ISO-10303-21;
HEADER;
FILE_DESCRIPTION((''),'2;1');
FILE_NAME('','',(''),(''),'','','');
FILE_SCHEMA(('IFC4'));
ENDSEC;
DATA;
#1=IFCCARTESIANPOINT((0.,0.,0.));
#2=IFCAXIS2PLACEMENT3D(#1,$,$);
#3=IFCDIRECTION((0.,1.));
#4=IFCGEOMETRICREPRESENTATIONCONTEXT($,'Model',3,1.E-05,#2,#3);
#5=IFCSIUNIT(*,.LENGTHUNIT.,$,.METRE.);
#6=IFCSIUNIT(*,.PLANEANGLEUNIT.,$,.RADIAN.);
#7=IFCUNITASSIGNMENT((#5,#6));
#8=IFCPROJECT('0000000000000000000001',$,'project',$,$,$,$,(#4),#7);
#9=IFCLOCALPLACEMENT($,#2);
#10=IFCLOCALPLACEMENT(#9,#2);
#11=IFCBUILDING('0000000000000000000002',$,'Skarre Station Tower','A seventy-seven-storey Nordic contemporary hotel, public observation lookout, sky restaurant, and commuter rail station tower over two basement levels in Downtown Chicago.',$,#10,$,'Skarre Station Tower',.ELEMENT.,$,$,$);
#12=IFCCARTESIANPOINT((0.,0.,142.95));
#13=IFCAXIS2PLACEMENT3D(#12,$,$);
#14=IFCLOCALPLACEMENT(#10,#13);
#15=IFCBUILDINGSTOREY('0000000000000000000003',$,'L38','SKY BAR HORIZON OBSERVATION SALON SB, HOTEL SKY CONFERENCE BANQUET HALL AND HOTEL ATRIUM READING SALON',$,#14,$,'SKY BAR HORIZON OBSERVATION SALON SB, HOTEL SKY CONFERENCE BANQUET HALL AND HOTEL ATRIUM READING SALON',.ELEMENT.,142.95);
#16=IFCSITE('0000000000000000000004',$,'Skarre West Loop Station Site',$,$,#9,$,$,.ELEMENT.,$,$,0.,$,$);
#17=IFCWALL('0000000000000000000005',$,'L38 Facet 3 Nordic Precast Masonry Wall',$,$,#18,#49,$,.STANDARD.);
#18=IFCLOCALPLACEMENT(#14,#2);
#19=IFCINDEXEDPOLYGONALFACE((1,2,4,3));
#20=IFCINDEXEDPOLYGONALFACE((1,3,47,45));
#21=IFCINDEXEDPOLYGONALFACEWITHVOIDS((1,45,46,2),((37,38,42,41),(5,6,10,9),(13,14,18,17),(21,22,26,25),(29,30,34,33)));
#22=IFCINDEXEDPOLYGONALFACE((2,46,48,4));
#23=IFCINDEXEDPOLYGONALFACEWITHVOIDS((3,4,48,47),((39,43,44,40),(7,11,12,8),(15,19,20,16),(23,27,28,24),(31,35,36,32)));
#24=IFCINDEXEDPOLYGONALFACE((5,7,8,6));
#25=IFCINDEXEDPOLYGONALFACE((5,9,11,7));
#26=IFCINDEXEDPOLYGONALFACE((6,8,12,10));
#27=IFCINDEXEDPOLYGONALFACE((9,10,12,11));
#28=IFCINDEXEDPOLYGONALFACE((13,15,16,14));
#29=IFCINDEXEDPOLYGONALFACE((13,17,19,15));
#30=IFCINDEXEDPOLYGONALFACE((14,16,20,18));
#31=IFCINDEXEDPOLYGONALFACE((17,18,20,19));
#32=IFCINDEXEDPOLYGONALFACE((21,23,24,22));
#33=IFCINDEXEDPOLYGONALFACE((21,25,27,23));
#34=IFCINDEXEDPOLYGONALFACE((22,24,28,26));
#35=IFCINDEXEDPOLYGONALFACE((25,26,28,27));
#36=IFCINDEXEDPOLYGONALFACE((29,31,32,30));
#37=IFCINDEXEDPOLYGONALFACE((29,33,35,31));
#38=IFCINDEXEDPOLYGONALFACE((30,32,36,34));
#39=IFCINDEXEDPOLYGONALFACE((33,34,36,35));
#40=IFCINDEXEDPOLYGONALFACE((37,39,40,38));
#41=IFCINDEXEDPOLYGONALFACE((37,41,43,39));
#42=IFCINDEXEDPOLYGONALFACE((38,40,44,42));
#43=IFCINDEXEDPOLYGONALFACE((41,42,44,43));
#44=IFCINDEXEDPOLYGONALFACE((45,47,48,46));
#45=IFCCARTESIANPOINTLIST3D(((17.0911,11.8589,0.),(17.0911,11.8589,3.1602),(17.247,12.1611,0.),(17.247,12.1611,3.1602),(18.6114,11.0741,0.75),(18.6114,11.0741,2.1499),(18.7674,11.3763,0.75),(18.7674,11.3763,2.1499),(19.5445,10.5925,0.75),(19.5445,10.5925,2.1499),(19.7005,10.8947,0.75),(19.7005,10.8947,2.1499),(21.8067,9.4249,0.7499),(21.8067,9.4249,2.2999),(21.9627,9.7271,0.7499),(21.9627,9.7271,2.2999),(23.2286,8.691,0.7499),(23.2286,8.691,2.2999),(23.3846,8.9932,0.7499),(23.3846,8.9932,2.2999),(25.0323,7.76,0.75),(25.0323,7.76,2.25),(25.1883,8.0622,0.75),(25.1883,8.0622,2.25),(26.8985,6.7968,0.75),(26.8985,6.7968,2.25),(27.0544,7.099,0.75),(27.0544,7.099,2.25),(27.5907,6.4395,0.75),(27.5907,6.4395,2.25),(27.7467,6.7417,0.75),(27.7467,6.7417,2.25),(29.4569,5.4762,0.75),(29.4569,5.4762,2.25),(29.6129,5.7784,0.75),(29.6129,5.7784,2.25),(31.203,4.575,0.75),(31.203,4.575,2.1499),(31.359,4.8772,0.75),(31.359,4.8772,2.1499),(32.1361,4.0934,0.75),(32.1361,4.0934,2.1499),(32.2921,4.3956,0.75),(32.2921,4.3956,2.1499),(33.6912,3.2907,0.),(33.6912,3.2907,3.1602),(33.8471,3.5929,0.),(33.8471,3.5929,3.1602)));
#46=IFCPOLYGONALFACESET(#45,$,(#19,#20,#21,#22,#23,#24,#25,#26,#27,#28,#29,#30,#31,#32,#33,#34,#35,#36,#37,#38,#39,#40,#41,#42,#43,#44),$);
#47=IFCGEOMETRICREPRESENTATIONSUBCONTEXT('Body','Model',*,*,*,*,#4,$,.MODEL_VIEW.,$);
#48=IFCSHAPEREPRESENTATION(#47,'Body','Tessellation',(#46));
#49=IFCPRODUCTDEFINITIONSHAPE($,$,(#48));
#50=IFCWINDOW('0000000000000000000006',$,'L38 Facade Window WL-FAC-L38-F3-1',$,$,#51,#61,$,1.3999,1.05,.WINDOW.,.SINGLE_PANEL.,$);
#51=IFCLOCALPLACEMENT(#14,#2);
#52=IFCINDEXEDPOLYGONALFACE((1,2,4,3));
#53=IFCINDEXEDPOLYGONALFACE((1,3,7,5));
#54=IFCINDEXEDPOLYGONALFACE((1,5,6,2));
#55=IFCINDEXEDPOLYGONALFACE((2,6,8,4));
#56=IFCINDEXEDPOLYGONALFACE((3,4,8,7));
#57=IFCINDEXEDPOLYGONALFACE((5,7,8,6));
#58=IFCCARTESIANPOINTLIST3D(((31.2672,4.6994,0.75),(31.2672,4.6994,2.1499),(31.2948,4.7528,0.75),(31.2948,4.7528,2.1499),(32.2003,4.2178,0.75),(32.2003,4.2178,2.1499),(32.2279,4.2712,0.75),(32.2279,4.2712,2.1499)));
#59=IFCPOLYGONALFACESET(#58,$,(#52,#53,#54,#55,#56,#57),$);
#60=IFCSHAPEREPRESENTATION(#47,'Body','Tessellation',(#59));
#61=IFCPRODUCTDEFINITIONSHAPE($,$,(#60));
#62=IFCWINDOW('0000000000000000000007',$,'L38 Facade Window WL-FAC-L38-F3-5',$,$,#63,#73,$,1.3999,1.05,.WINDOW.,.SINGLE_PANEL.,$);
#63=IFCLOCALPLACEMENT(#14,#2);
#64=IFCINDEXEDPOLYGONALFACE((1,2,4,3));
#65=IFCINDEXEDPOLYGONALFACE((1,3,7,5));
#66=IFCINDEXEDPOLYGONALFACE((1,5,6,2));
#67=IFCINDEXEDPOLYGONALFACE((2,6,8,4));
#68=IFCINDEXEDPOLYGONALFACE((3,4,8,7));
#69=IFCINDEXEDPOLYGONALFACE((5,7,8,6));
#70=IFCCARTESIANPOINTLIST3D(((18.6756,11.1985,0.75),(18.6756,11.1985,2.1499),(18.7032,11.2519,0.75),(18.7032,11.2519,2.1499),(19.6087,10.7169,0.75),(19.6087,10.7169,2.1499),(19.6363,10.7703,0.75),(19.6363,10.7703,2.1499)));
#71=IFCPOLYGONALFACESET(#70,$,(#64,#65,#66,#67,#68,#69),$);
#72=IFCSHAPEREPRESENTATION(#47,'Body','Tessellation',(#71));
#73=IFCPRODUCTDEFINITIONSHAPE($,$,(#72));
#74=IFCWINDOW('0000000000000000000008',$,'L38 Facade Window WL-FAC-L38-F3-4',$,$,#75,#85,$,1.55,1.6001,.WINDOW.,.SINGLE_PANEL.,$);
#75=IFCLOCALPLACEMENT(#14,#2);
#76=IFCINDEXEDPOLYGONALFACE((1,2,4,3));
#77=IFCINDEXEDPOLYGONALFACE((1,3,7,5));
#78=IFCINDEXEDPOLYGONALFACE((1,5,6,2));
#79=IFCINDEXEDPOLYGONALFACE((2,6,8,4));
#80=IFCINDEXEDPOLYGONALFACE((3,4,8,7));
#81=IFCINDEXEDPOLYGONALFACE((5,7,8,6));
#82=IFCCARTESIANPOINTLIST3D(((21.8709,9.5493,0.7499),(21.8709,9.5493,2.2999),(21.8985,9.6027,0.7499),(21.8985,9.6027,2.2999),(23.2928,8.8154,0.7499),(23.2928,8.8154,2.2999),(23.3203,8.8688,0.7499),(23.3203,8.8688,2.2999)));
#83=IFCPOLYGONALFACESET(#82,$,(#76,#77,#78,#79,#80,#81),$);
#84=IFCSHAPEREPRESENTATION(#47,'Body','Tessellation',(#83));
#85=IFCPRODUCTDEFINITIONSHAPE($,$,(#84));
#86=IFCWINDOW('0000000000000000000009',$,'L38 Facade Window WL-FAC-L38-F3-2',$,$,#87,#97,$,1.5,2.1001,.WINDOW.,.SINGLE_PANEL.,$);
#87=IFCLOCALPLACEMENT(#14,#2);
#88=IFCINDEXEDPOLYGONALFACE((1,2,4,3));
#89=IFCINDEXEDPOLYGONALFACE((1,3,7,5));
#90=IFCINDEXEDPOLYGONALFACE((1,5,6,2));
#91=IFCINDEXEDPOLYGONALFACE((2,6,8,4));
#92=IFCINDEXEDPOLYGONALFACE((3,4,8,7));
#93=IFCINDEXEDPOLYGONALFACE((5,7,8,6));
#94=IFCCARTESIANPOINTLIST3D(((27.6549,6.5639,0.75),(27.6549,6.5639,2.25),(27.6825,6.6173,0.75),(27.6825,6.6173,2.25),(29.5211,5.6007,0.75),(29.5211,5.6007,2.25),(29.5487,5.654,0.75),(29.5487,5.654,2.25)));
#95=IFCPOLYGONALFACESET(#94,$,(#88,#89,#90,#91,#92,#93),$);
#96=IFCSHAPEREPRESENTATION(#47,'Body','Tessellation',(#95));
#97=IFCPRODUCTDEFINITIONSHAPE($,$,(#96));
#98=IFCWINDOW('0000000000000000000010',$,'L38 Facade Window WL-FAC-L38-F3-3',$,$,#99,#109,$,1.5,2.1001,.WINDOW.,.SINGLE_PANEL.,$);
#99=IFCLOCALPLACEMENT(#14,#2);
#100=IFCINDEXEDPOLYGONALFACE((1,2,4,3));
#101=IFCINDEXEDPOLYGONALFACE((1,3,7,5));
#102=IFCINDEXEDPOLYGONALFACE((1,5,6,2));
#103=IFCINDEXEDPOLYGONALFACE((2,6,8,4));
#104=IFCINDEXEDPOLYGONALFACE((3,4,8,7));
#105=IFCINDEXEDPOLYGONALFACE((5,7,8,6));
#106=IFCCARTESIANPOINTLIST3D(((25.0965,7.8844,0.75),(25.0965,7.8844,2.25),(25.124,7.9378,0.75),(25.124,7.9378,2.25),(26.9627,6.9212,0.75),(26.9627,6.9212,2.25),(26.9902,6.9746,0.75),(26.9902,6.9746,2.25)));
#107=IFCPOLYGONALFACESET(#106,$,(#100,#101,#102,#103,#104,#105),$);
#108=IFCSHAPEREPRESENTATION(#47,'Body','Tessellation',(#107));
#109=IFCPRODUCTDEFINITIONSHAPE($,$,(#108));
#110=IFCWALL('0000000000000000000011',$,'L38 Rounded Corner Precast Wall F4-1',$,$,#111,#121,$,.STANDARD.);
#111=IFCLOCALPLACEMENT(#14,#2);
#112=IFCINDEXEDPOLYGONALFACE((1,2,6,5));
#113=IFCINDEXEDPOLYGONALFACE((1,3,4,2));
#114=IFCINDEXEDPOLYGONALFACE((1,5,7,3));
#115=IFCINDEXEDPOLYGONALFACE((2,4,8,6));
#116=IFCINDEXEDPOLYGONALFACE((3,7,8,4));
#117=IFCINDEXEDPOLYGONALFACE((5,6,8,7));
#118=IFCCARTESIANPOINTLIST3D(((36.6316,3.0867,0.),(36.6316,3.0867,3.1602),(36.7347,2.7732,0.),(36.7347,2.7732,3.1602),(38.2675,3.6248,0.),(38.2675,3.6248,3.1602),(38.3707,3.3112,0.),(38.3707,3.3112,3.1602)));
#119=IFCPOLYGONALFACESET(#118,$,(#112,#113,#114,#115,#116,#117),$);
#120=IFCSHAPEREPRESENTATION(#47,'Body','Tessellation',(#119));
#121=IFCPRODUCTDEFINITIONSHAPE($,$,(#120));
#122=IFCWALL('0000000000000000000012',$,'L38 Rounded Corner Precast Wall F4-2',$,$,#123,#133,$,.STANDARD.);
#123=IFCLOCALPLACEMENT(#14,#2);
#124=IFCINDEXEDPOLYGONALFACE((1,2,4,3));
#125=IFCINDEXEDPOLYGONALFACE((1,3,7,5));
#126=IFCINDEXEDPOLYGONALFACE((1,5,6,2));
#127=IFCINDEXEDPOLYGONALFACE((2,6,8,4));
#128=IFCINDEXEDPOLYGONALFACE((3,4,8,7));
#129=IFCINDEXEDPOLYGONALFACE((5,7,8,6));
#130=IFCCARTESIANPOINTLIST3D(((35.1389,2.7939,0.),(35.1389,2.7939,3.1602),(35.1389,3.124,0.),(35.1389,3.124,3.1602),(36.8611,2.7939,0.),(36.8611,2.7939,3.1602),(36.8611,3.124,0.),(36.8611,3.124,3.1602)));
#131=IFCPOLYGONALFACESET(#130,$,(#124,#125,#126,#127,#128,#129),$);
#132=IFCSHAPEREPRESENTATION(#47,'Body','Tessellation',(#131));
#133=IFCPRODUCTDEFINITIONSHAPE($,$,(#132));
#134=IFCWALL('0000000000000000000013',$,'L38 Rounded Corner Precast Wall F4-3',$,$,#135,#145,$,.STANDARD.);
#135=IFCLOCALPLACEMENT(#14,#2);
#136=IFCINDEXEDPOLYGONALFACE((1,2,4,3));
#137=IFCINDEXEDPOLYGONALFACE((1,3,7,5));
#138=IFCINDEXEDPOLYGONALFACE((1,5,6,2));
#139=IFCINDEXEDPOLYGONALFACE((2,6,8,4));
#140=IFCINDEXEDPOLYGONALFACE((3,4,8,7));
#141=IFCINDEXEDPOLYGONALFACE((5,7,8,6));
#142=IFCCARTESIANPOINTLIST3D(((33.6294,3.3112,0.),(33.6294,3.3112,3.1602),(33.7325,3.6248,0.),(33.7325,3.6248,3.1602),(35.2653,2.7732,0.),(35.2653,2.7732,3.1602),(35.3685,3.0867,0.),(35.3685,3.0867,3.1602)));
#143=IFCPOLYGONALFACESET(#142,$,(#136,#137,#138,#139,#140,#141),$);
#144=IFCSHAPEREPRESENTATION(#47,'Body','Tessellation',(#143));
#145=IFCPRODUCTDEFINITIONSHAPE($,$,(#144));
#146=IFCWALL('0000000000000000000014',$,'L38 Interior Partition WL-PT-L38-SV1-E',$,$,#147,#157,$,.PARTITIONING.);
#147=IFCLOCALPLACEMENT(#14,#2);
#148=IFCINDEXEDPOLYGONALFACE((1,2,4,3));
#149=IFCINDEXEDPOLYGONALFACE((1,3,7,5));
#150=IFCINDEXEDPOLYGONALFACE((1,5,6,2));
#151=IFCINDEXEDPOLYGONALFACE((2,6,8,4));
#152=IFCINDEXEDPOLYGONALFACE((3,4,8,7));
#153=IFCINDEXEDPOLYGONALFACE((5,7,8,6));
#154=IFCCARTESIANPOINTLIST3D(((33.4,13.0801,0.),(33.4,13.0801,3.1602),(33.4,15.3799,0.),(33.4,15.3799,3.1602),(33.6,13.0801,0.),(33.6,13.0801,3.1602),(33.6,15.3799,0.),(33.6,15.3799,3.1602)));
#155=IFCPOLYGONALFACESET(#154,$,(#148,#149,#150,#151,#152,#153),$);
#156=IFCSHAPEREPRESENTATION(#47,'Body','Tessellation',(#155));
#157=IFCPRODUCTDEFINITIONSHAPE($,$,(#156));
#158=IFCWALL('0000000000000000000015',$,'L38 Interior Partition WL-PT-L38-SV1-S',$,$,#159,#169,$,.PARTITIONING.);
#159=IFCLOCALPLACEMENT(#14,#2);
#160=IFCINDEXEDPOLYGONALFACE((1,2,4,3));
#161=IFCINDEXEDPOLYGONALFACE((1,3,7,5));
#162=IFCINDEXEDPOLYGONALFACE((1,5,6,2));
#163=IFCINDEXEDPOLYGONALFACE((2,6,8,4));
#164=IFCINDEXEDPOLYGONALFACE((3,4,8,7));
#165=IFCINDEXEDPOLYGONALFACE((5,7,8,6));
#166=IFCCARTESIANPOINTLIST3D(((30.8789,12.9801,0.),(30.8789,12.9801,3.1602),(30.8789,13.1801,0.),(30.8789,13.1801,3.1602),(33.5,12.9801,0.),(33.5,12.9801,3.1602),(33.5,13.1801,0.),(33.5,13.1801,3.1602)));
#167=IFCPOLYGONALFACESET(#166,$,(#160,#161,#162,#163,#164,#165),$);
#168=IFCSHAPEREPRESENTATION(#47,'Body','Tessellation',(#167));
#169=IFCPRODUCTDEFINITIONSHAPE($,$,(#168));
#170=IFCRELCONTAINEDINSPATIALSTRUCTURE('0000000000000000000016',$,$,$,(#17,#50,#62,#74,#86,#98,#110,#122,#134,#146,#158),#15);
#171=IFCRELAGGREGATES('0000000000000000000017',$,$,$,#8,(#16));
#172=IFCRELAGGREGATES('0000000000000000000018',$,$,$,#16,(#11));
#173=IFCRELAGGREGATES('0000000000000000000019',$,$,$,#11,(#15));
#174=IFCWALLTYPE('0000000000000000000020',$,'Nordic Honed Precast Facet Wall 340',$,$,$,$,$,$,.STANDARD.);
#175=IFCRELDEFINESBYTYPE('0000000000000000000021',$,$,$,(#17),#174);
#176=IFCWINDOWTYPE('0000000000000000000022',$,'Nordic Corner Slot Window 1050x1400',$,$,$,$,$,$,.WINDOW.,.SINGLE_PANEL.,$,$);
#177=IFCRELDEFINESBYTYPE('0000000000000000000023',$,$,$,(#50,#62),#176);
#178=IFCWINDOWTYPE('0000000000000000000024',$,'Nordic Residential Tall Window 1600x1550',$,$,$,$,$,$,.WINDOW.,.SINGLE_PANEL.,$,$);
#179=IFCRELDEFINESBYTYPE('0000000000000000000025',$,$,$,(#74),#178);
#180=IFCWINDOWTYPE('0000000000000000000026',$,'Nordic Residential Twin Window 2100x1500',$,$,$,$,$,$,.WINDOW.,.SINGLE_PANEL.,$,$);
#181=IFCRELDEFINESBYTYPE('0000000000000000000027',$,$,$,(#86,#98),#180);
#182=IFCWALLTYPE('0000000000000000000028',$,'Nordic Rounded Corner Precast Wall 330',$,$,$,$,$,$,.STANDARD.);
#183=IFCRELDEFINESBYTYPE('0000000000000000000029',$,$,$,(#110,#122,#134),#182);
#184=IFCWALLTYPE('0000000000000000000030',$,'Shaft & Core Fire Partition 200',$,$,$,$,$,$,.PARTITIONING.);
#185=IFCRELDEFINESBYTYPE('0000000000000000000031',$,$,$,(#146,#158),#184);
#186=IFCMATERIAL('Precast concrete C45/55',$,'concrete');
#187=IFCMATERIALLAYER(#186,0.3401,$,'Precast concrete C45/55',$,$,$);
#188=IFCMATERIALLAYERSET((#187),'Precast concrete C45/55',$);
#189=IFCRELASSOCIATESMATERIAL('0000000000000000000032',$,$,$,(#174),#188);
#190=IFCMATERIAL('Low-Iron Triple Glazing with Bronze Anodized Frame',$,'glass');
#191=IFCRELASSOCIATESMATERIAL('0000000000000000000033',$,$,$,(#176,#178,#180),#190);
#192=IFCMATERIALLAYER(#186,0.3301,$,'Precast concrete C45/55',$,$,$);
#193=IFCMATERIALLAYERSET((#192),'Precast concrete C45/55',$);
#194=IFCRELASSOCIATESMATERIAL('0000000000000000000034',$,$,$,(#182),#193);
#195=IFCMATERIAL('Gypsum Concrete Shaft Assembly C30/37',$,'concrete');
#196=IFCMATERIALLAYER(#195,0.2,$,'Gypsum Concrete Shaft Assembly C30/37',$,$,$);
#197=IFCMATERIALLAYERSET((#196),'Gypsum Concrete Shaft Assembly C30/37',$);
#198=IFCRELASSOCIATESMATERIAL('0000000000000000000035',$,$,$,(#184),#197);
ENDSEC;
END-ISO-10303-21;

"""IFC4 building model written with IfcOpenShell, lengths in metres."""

from ifc_helpers import new_model, si_unit, direction, frame, frame_2d, origin, place, context, subcontext, project, spatial, rectangle, extrude, material, layer, layer_set, type_object, element, fill, save


model = new_model("IFC4")

# Units and contexts
model_context = context("Model", 3, precision=1e-05, world=origin(), true_north=direction((0.0, 1.0)))
body_context = subcontext(model_context, "Body", "Model", "MODEL_VIEW")
ifc_project = project(units=[si_unit("LENGTHUNIT", "METRE"), si_unit("PLANEANGLEUNIT", "RADIAN")], contexts=[model_context])

# Site, building, storey
site_placement = place(None, origin())
site = spatial("IfcSite", under=ifc_project, at=site_placement, Name="Skarre West Loop Station Site", CompositionType="ELEMENT", RefElevation=0.0)
building_placement = place(site_placement, origin())
building = spatial("IfcBuilding", under=site, at=building_placement, Name="Skarre Station Tower", Description="A seventy-seven-storey Nordic contemporary hotel, public observation lookout, sky restaurant, and commuter rail station tower over two basement levels in Downtown Chicago.", LongName="Skarre Station Tower", CompositionType="ELEMENT")
storey_placement = place(building_placement, frame((0.0, 0.0, 142.95)))
storey = spatial("IfcBuildingStorey", under=building, at=storey_placement, Name="L38", Description="SKY BAR HORIZON OBSERVATION SALON SB, HOTEL SKY CONFERENCE BANQUET HALL AND HOTEL ATRIUM READING SALON", LongName="SKY BAR HORIZON OBSERVATION SALON SB, HOTEL SKY CONFERENCE BANQUET HALL AND HOTEL ATRIUM READING SALON", CompositionType="ELEMENT", Elevation=142.95)

# Wall, openings, windows
ifc_material_1 = material(Name="Precast concrete C45/55", Category="concrete")
ifc_layer_1 = layer(ifc_material_1, 0.3401, Name="Precast concrete C45/55")
ifc_layer_set_1 = layer_set([ifc_layer_1], Name="Precast concrete C45/55")
wall_type_1 = type_object("IfcWallType", Name="Nordic Honed Precast Facet Wall 340", PredefinedType="STANDARD", material=ifc_layer_set_1)
wall_1_placement = place(storey_placement, frame((33.769, 3.4419, 0.0), z_axis=(0.0, 0.0, 1.0), x_axis=(-0.888614, 0.458657, 0.0)))
wall_1 = element("IfcWall", 1, at=wall_1_placement, inside=storey, type_object=wall_type_1, Name="L38 Facet 3 Nordic Precast Masonry Wall", PredefinedType="STANDARD", context=body_context, shape_type="SweptSolid", body=[
    extrude(rectangle(XDim=18.6809, YDim=0.3401, at=frame_2d((9.3403, 0.0))), origin(), (0.0, 0.0, 1.0), 3.1602),
])
opening_1_placement = place(wall_1_placement, frame((1.75, 0.0, 0.75)))
opening_1 = element("IfcOpeningElement", 2, at=opening_1_placement, cuts=wall_1, PredefinedType="OPENING", context=body_context, shape_type="SweptSolid", body=[
    extrude(rectangle(XDim=1.05, YDim=1.3999, at=frame_2d((0.5249, 0.7))), frame((0.0, 0.1799, 0.0), z_axis=(0.0, -1.0, 0.0), x_axis=(1.0, 0.0, 0.0)), (0.0, 0.0, 1.0), 0.3601),
])
opening_2_placement = place(wall_1_placement, frame((4.7649, 0.0, 0.75)))
opening_2 = element("IfcOpeningElement", 3, at=opening_2_placement, cuts=wall_1, PredefinedType="OPENING", context=body_context, shape_type="SweptSolid", body=[
    extrude(rectangle(XDim=2.1001, YDim=1.5, at=frame_2d((1.05, 0.75))), frame((0.0, 0.1799, 0.0), z_axis=(0.0, -1.0, 0.0), x_axis=(1.0, 0.0, 0.0)), (0.0, 0.0, 1.0), 0.3601),
])
opening_3_placement = place(wall_1_placement, frame((7.644, 0.0, 0.75)))
opening_3 = element("IfcOpeningElement", 4, at=opening_3_placement, cuts=wall_1, PredefinedType="OPENING", context=body_context, shape_type="SweptSolid", body=[
    extrude(rectangle(XDim=2.1001, YDim=1.5, at=frame_2d((1.05, 0.75))), frame((0.0, 0.1799, 0.0), z_axis=(0.0, -1.0, 0.0), x_axis=(1.0, 0.0, 0.0)), (0.0, 0.0, 1.0), 0.3601),
])
opening_4_placement = place(wall_1_placement, frame((11.7739, 0.0, 0.75)))
opening_4 = element("IfcOpeningElement", 5, at=opening_4_placement, cuts=wall_1, PredefinedType="OPENING", context=body_context, shape_type="SweptSolid", body=[
    extrude(rectangle(XDim=1.6001, YDim=1.55, at=frame_2d((0.8, 0.7749))), frame((0.0, 0.1799, 0.0), z_axis=(0.0, -1.0, 0.0), x_axis=(1.0, 0.0, 0.0)), (0.0, 0.0, 1.0), 0.3601),
])
opening_5_placement = place(wall_1_placement, frame((15.9199, 0.0, 0.75)))
opening_5 = element("IfcOpeningElement", 6, at=opening_5_placement, cuts=wall_1, PredefinedType="OPENING", context=body_context, shape_type="SweptSolid", body=[
    extrude(rectangle(XDim=1.05, YDim=1.3999, at=frame_2d((0.5249, 0.7))), frame((0.0, 0.1799, 0.0), z_axis=(0.0, -1.0, 0.0), x_axis=(1.0, 0.0, 0.0)), (0.0, 0.0, 1.0), 0.3601),
])
ifc_material_2 = material(Name="Low-Iron Triple Glazing with Bronze Anodized Frame", Category="glass")
window_type_1 = type_object("IfcWindowType", Name="Nordic Corner Slot Window 1050x1400", PartitioningType="SINGLE_PANEL", PredefinedType="WINDOW", material=ifc_material_2)
window_1_placement = place(opening_1_placement, origin())
window_1 = element("IfcWindow", 7, at=window_1_placement, inside=storey, type_object=window_type_1, Name="L38 Facade Window WL-FAC-L38-F3-1", OverallHeight=1.3999, OverallWidth=1.05, PartitioningType="SINGLE_PANEL", PredefinedType="WINDOW", context=body_context, shape_type="SweptSolid", body=[
    extrude(rectangle(XDim=1.05, YDim=1.3999, at=frame_2d((0.5249, 0.7))), frame((0.0, 0.03, 0.0), z_axis=(0.0, -1.0, 0.0), x_axis=(1.0, 0.0, 0.0)), (0.0, 0.0, 1.0), 0.0601),
])
fill(opening_1, window_1)
window_2_placement = place(opening_5_placement, origin())
window_2 = element("IfcWindow", 8, at=window_2_placement, inside=storey, type_object=window_type_1, Name="L38 Facade Window WL-FAC-L38-F3-5", OverallHeight=1.3999, OverallWidth=1.05, PartitioningType="SINGLE_PANEL", PredefinedType="WINDOW", context=body_context, shape_type="SweptSolid", body=[
    extrude(rectangle(XDim=1.05, YDim=1.3999, at=frame_2d((0.5249, 0.7))), frame((0.0, 0.03, 0.0), z_axis=(0.0, -1.0, 0.0), x_axis=(1.0, 0.0, 0.0)), (0.0, 0.0, 1.0), 0.0601),
])
fill(opening_5, window_2)
window_type_2 = type_object("IfcWindowType", Name="Nordic Residential Tall Window 1600x1550", PartitioningType="SINGLE_PANEL", PredefinedType="WINDOW", material=ifc_material_2)
window_3_placement = place(opening_4_placement, origin())
window_3 = element("IfcWindow", 9, at=window_3_placement, inside=storey, type_object=window_type_2, Name="L38 Facade Window WL-FAC-L38-F3-4", OverallHeight=1.55, OverallWidth=1.6001, PartitioningType="SINGLE_PANEL", PredefinedType="WINDOW", context=body_context, shape_type="SweptSolid", body=[
    extrude(rectangle(XDim=1.6001, YDim=1.55, at=frame_2d((0.8, 0.7749))), frame((0.0, 0.03, 0.0), z_axis=(0.0, -1.0, 0.0), x_axis=(1.0, 0.0, 0.0)), (0.0, 0.0, 1.0), 0.0601),
])
fill(opening_4, window_3)
window_type_3 = type_object("IfcWindowType", Name="Nordic Residential Twin Window 2100x1500", PartitioningType="SINGLE_PANEL", PredefinedType="WINDOW", material=ifc_material_2)
window_4_placement = place(opening_2_placement, origin())
window_4 = element("IfcWindow", 10, at=window_4_placement, inside=storey, type_object=window_type_3, Name="L38 Facade Window WL-FAC-L38-F3-2", OverallHeight=1.5, OverallWidth=2.1001, PartitioningType="SINGLE_PANEL", PredefinedType="WINDOW", context=body_context, shape_type="SweptSolid", body=[
    extrude(rectangle(XDim=2.1001, YDim=1.5, at=frame_2d((1.05, 0.75))), frame((0.0, 0.03, 0.0), z_axis=(0.0, -1.0, 0.0), x_axis=(1.0, 0.0, 0.0)), (0.0, 0.0, 1.0), 0.0601),
])
fill(opening_2, window_4)
window_5_placement = place(opening_3_placement, origin())
window_5 = element("IfcWindow", 11, at=window_5_placement, inside=storey, type_object=window_type_3, Name="L38 Facade Window WL-FAC-L38-F3-3", OverallHeight=1.5, OverallWidth=2.1001, PartitioningType="SINGLE_PANEL", PredefinedType="WINDOW", context=body_context, shape_type="SweptSolid", body=[
    extrude(rectangle(XDim=2.1001, YDim=1.5, at=frame_2d((1.05, 0.75))), frame((0.0, 0.03, 0.0), z_axis=(0.0, -1.0, 0.0), x_axis=(1.0, 0.0, 0.0)), (0.0, 0.0, 1.0), 0.0601),
])
fill(opening_3, window_5)

# Walls
ifc_layer_2 = layer(ifc_material_1, 0.3301, Name="Precast concrete C45/55")
ifc_layer_set_2 = layer_set([ifc_layer_2], Name="Precast concrete C45/55")
wall_type_2 = type_object("IfcWallType", Name="Nordic Rounded Corner Precast Wall 330", PredefinedType="STANDARD", material=ifc_layer_set_2)
for number, where, z_axis, x_axis, name in (
    (12, (38.3191, 3.468, 0.0), (0.0, 0.0, 1.0), (-0.949937, -0.31244, 0.0), "L38 Rounded Corner Precast Wall F4-1"),
    (13, (36.8611, 2.959, 0.0), (0.0, 0.0, 1.0), (-1.0, 0.0, 0.0), "L38 Rounded Corner Precast Wall F4-2"),
    (14, (35.3169, 2.9299, 0.0), (0.0, 0.0, 1.0), (-0.949937, 0.31244, 0.0), "L38 Rounded Corner Precast Wall F4-3"),
):
    element("IfcWall", number, at=place(storey_placement, frame(where, z_axis=z_axis, x_axis=x_axis)), inside=storey, type_object=wall_type_2, Name=name, PredefinedType="STANDARD", context=body_context, shape_type="SweptSolid", body=[
        extrude(rectangle(XDim=1.7222, YDim=0.3301, at=frame_2d((0.8611, 0.0))), origin(), (0.0, 0.0, 1.0), 3.1602),
    ])
ifc_material_3 = material(Name="Gypsum Concrete Shaft Assembly C30/37", Category="concrete")
ifc_layer_3 = layer(ifc_material_3, 0.2, Name="Gypsum Concrete Shaft Assembly C30/37")
ifc_layer_set_3 = layer_set([ifc_layer_3], Name="Gypsum Concrete Shaft Assembly C30/37")
wall_type_3 = type_object("IfcWallType", Name="Shaft & Core Fire Partition 200", PredefinedType="PARTITIONING", material=ifc_layer_set_3)
wall_2_placement = place(storey_placement, frame((33.5, 13.0801, 0.0), z_axis=(0.0, 0.0, 1.0), x_axis=(0.0, 1.0, 0.0)))
element("IfcWall", 15, at=wall_2_placement, inside=storey, type_object=wall_type_3, Name="L38 Interior Partition WL-PT-L38-SV1-E", PredefinedType="PARTITIONING", context=body_context, shape_type="SweptSolid", body=[
    extrude(rectangle(XDim=2.2998, YDim=0.2, at=frame_2d((1.1499, 0.0))), origin(), (0.0, 0.0, 1.0), 3.1602),
])
wall_3_placement = place(storey_placement, frame((30.8789, 13.0801, 0.0), z_axis=(0.0, 0.0, 1.0), x_axis=(1.0, 0.0, 0.0)))
element("IfcWall", 16, at=wall_3_placement, inside=storey, type_object=wall_type_3, Name="L38 Interior Partition WL-PT-L38-SV1-S", PredefinedType="PARTITIONING", context=body_context, shape_type="SweptSolid", body=[
    extrude(rectangle(XDim=2.6211, YDim=0.2, at=frame_2d((1.3105, 0.0))), origin(), (0.0, 0.0, 1.0), 3.1602),
])

save(model, "model.ifc")
